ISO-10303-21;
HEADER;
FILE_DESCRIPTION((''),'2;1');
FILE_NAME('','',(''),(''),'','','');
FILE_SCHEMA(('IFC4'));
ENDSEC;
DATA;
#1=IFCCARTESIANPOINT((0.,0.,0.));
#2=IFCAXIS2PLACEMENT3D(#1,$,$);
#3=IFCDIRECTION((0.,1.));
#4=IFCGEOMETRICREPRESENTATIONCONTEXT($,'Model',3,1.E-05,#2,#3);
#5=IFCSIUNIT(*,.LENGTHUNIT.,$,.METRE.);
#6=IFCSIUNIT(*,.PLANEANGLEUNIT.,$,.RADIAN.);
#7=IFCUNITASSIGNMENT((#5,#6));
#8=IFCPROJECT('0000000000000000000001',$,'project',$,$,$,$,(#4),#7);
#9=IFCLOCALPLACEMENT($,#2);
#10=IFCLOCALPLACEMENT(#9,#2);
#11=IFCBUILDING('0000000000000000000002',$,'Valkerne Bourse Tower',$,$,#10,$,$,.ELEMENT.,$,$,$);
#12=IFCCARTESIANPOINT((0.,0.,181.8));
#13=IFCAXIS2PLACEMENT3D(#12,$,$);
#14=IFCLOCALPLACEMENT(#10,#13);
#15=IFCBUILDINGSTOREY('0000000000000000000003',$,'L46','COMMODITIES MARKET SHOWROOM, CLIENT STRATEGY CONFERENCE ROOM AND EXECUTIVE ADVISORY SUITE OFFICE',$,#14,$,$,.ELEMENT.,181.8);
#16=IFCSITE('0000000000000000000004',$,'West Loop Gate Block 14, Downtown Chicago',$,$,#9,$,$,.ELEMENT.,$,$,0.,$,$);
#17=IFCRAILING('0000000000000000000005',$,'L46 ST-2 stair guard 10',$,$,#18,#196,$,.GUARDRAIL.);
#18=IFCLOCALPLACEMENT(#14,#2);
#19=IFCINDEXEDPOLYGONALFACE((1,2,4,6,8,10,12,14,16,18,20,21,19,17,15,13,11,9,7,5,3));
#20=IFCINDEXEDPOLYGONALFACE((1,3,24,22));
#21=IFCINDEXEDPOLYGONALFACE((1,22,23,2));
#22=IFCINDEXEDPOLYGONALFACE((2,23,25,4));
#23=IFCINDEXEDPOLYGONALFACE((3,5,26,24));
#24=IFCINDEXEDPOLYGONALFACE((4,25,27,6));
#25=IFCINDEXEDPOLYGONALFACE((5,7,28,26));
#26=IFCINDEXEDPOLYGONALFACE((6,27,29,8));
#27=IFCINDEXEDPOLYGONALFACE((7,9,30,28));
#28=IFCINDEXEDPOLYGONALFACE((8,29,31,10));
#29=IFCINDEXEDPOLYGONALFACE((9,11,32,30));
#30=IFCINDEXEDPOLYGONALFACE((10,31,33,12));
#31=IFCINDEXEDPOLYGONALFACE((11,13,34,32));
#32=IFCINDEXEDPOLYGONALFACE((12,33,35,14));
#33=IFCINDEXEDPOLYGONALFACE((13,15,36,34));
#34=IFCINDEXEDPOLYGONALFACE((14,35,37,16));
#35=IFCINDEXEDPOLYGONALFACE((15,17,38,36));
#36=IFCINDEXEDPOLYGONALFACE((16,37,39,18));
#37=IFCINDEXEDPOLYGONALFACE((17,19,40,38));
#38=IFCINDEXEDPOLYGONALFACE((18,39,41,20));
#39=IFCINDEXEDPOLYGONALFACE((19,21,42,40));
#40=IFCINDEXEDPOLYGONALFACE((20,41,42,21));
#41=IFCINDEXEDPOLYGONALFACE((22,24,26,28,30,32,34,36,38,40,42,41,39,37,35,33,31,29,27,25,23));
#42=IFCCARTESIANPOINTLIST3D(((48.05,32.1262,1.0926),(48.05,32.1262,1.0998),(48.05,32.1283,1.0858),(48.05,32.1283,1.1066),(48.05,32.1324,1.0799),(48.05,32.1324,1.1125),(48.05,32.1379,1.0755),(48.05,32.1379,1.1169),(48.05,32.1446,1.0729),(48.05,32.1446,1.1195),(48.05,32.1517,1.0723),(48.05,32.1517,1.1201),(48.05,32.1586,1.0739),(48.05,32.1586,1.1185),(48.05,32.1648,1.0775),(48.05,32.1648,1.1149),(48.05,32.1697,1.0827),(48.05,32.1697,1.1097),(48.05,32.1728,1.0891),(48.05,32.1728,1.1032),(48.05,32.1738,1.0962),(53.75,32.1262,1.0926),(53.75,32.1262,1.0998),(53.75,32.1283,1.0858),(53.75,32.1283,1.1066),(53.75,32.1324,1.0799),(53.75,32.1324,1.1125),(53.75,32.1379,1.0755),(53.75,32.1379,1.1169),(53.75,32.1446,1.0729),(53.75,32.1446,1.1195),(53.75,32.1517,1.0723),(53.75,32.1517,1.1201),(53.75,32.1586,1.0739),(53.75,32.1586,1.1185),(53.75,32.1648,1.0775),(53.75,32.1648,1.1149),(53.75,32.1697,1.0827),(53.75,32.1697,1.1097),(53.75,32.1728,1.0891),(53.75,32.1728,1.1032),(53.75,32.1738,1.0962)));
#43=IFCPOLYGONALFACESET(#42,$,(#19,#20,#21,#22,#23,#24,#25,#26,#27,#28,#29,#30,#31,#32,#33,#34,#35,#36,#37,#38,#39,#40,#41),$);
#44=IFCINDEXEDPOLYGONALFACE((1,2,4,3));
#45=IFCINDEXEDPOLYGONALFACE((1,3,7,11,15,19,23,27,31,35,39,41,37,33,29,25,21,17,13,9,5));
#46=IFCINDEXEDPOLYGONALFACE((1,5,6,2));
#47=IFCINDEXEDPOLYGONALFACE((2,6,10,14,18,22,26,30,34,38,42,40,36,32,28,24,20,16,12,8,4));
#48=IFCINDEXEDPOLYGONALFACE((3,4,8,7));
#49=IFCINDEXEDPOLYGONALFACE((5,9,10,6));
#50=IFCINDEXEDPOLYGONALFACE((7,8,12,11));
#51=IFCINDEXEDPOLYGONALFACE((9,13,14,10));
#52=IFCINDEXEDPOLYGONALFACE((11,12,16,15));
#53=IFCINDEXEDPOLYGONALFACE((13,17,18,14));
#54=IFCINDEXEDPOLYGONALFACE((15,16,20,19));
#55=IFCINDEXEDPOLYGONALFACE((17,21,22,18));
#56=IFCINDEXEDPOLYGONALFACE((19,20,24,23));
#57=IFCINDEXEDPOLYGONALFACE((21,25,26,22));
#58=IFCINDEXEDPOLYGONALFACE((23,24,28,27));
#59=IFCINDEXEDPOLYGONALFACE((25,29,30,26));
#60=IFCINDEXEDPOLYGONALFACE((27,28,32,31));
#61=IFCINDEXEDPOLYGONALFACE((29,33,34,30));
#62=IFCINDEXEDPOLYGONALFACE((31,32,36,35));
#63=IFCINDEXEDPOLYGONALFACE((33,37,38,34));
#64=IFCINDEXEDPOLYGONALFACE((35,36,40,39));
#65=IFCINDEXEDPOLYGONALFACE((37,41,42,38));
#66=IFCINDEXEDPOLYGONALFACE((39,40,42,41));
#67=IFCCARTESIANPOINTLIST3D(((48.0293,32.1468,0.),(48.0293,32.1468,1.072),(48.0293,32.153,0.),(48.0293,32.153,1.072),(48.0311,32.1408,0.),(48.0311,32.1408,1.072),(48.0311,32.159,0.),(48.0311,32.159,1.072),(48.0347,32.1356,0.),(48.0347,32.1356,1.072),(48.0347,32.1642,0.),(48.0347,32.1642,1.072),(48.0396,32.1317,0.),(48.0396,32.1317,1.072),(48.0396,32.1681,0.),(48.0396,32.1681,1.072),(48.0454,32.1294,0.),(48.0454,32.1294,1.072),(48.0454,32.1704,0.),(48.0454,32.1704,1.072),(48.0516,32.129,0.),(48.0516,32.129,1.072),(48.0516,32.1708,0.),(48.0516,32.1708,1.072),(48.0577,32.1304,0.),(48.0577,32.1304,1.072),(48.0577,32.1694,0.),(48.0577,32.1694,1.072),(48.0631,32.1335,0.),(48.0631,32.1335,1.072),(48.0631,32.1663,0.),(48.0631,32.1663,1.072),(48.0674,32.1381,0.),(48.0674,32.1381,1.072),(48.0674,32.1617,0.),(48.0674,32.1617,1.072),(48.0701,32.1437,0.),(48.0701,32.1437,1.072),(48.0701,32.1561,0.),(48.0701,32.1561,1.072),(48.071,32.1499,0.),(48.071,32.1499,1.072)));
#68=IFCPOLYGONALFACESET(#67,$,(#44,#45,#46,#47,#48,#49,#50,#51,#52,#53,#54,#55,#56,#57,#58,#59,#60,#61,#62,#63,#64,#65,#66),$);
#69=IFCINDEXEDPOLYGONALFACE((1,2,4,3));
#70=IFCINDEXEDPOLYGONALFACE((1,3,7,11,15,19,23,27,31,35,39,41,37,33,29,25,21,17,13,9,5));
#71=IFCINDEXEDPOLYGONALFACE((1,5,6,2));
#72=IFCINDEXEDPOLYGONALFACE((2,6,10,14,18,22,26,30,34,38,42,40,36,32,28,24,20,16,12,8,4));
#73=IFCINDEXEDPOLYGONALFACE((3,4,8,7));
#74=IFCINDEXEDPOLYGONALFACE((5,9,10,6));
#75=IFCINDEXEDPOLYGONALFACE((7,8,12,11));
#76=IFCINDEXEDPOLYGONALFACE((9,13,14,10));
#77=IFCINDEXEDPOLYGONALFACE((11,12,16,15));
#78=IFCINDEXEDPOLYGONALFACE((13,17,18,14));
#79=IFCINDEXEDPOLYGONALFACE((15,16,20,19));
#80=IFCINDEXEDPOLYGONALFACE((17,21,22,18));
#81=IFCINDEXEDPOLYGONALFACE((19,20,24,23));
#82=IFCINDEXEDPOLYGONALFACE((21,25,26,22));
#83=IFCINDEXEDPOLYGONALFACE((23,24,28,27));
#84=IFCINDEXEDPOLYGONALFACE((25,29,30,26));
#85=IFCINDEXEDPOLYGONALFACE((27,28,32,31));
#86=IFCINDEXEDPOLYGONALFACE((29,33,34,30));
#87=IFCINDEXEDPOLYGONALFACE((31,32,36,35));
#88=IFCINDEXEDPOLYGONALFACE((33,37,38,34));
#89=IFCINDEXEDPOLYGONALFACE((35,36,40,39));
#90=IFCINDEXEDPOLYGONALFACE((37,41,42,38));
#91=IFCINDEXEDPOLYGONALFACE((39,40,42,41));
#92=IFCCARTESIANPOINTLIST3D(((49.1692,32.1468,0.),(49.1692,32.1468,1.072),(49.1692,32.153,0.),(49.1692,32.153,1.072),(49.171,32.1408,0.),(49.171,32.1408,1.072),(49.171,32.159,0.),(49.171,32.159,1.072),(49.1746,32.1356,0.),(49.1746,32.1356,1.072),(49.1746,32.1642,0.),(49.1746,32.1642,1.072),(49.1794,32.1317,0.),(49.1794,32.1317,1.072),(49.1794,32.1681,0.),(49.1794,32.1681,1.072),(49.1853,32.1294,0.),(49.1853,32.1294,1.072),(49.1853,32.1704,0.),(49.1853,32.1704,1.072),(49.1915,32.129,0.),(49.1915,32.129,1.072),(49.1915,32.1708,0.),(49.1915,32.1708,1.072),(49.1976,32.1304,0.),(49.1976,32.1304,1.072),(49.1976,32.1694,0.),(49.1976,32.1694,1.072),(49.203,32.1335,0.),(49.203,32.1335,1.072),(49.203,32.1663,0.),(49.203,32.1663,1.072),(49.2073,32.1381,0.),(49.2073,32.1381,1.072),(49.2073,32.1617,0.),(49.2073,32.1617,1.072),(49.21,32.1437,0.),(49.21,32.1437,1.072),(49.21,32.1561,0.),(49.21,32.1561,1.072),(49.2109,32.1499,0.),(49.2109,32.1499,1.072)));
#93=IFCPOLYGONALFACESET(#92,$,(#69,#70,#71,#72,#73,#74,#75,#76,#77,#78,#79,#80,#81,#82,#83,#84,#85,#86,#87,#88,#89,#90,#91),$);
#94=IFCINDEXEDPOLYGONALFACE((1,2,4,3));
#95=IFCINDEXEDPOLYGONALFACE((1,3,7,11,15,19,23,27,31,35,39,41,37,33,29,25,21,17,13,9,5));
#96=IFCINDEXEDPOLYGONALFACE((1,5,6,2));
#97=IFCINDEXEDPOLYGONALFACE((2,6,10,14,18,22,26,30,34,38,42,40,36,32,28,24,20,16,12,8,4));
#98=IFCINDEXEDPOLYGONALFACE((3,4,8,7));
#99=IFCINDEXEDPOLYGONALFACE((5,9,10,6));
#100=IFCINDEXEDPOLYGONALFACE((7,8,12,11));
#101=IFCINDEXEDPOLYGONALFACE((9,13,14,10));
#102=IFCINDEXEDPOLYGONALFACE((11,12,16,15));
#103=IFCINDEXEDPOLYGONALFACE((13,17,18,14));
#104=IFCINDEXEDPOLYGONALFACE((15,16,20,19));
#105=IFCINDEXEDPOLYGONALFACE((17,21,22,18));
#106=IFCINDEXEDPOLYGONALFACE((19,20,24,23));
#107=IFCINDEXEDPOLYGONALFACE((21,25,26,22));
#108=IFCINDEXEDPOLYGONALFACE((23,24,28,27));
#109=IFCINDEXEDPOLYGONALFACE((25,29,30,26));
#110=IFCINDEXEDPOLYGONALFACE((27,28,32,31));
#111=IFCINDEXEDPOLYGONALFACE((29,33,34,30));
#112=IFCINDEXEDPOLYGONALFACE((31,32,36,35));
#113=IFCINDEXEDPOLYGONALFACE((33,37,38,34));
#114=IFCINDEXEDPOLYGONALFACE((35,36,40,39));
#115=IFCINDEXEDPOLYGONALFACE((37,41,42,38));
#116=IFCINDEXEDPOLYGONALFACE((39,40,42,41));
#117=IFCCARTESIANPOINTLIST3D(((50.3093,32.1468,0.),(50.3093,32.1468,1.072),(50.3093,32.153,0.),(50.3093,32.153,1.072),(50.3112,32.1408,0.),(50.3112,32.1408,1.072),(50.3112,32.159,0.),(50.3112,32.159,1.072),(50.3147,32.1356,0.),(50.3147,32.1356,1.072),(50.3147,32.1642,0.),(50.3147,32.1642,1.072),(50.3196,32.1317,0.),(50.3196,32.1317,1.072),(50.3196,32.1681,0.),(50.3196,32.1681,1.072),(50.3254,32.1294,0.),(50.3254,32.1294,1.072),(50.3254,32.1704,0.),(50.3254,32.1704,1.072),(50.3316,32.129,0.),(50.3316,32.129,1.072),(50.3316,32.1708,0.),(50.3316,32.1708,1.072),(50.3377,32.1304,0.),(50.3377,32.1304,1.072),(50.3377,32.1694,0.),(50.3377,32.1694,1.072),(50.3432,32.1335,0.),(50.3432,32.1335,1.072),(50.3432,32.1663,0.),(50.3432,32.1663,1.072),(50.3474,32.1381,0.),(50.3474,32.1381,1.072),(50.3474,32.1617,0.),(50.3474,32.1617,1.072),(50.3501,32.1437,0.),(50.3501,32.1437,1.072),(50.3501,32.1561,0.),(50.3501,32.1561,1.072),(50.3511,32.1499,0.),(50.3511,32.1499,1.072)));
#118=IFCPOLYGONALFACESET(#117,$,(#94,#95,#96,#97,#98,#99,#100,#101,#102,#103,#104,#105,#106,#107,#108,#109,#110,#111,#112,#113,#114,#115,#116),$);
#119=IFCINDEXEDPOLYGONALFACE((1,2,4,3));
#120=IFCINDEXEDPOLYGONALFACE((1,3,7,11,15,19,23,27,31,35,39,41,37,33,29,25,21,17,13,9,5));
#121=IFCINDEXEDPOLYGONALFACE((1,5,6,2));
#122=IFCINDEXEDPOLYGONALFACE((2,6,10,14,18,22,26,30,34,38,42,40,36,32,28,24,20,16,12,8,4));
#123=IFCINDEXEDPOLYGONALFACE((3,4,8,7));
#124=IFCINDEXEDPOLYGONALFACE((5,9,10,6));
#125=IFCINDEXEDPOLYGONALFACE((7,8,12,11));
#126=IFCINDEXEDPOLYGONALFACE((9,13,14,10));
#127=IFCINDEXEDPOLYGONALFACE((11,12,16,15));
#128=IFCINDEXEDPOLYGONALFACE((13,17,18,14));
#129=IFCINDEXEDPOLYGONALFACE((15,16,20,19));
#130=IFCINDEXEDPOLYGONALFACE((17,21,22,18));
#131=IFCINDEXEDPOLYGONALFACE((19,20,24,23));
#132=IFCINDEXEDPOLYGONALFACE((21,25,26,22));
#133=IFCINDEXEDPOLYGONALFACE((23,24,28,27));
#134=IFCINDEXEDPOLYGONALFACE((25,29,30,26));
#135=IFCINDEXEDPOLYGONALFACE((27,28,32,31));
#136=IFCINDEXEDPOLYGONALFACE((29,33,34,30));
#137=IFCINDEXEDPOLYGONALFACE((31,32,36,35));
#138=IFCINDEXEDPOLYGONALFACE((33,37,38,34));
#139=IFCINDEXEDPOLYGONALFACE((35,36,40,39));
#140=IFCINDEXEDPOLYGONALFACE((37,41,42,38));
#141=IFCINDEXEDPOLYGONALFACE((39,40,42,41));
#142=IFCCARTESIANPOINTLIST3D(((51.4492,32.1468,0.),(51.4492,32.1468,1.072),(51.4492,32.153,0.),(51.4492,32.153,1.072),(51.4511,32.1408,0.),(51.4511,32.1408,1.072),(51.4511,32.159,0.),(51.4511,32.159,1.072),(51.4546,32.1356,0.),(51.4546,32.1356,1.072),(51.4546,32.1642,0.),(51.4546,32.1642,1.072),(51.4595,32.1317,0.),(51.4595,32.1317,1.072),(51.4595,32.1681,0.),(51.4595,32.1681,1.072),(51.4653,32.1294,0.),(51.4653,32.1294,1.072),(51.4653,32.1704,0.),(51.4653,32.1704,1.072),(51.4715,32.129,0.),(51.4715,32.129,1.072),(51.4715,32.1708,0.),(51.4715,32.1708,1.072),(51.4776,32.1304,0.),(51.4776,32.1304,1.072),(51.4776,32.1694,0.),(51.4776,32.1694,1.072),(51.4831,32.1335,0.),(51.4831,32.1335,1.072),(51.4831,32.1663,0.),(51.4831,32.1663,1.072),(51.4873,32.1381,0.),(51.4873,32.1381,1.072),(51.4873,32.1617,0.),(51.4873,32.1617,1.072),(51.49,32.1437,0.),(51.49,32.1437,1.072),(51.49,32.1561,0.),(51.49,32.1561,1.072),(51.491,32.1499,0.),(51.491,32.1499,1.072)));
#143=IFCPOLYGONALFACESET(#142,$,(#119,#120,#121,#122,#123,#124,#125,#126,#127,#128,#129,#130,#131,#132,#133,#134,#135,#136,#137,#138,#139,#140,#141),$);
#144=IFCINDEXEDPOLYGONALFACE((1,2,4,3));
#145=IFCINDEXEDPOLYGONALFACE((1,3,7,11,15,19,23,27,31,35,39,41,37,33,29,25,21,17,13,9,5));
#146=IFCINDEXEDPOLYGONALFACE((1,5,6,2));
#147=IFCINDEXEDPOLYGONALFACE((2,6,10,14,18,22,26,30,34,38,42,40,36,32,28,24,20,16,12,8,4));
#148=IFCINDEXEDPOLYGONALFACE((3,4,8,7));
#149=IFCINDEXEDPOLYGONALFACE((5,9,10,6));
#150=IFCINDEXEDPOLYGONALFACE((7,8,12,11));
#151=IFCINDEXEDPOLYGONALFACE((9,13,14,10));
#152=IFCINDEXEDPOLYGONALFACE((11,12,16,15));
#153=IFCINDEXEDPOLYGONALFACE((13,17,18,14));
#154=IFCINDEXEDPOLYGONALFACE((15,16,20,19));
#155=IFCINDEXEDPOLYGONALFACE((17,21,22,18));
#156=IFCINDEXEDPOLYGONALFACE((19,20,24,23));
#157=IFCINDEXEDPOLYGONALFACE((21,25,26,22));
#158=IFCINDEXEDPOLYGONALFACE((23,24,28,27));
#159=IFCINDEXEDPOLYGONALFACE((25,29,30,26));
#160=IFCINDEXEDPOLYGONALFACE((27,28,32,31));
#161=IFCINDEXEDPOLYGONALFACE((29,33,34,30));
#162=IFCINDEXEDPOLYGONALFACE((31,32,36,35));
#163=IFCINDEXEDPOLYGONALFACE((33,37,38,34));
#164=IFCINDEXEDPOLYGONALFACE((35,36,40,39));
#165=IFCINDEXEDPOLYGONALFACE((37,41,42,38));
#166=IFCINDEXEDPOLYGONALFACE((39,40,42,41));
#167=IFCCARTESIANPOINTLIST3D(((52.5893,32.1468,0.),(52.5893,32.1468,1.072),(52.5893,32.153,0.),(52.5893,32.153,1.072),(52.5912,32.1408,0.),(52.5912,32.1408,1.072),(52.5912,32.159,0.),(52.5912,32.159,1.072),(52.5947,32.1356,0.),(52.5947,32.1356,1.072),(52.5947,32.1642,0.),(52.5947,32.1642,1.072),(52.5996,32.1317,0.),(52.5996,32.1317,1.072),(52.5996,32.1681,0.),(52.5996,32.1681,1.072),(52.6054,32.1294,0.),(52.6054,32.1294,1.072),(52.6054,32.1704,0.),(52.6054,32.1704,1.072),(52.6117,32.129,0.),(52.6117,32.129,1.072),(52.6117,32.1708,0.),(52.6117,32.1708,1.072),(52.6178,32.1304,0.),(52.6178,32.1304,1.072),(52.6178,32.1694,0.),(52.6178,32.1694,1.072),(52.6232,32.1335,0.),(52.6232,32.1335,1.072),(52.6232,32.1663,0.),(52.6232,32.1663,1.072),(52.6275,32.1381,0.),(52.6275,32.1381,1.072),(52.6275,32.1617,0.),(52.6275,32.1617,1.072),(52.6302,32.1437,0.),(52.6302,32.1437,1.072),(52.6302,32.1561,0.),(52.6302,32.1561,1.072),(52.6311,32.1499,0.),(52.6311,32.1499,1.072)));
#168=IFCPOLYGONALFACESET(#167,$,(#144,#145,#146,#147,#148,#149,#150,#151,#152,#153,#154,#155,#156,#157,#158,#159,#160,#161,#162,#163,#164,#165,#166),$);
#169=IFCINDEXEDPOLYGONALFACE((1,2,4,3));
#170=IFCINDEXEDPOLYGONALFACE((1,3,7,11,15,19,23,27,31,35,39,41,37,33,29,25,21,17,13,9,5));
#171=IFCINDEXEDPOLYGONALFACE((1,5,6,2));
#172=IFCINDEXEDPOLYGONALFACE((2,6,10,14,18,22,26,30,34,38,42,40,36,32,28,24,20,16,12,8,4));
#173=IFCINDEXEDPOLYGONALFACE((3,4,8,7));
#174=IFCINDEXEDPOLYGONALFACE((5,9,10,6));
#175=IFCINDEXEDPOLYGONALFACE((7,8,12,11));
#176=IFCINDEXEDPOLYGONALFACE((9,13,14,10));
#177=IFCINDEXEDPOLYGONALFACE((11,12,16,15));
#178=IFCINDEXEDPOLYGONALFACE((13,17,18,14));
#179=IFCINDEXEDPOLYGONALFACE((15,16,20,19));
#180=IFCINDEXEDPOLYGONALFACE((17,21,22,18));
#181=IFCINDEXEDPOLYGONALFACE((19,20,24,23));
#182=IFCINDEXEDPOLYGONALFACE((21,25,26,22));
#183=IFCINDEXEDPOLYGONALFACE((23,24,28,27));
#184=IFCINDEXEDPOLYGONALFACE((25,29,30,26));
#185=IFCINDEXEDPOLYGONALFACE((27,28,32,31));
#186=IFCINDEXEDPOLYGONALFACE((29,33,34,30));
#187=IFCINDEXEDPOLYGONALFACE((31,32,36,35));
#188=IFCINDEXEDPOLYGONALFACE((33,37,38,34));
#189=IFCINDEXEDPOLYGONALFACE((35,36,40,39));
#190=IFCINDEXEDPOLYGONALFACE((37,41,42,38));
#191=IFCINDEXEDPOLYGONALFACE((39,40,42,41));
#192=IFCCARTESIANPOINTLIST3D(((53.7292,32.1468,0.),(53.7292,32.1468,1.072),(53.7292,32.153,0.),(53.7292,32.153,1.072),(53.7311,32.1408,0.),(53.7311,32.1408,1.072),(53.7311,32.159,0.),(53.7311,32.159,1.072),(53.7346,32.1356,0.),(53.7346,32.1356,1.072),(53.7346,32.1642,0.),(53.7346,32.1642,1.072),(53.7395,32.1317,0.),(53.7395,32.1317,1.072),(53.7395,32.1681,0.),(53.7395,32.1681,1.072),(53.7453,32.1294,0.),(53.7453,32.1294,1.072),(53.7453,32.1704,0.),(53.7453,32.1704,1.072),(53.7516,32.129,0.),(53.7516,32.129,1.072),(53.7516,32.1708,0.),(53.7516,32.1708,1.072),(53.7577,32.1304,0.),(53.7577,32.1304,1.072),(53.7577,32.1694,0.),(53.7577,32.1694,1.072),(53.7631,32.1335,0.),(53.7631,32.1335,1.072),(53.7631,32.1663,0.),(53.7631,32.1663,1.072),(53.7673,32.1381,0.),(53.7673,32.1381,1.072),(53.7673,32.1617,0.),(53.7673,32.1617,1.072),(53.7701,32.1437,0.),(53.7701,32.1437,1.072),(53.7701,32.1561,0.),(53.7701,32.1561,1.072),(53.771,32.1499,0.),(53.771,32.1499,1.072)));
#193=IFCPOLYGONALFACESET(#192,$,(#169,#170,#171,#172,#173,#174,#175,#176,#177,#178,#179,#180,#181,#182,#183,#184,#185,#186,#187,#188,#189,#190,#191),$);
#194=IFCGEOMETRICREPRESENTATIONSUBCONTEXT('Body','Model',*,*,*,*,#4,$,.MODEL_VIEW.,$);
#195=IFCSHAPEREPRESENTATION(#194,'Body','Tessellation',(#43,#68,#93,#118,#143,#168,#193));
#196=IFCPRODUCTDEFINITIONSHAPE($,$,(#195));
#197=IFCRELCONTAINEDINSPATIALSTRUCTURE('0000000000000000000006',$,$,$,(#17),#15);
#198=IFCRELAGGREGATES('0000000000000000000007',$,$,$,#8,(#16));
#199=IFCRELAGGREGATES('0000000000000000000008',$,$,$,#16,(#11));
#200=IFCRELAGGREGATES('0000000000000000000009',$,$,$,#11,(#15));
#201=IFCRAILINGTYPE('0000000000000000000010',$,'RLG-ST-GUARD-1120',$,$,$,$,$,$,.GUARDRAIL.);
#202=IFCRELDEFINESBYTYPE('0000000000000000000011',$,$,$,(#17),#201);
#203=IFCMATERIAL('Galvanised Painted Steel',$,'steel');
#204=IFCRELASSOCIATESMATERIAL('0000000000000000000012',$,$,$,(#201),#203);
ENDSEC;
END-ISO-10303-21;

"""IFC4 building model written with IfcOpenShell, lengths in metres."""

from ifc_helpers import new_model, si_unit, direction, frame, origin, origin_2d, place, context, subcontext, project, spatial, circle, extrude, material, type_object, element, save


model = new_model("IFC4")

# Units and contexts
model_context = context("Model", 3, precision=1e-05, world=origin(), true_north=direction((0.0, 1.0)))
body_context = subcontext(model_context, "Body", "Model", "MODEL_VIEW")
ifc_project = project(units=[si_unit("LENGTHUNIT", "METRE"), si_unit("PLANEANGLEUNIT", "RADIAN")], contexts=[model_context])

# Site, building, storey
site_placement = place(None, origin())
site = spatial("IfcSite", under=ifc_project, at=site_placement, Name="West Loop Gate Block 14, Downtown Chicago", CompositionType="ELEMENT", RefElevation=0.0)
building_placement = place(site_placement, origin())
building = spatial("IfcBuilding", under=site, at=building_placement, Name="Valkerne Bourse Tower", CompositionType="ELEMENT")
storey_placement = place(building_placement, frame((0.0, 0.0, 181.8)))
storey = spatial("IfcBuildingStorey", under=building, at=storey_placement, Name="L46", Description="COMMODITIES MARKET SHOWROOM, CLIENT STRATEGY CONFERENCE ROOM AND EXECUTIVE ADVISORY SUITE OFFICE", CompositionType="ELEMENT", Elevation=181.8)

# Shared definitions
ifc_material_1 = material(Name="Galvanised Painted Steel", Category="steel")

# Railing
railing_type_1 = type_object("IfcRailingType", Name="RLG-ST-GUARD-1120", PredefinedType="GUARDRAIL", material=ifc_material_1)
for number, where, name in (
    (1, (48.05, 32.1499, 0.0), "L46 ST-2 stair guard 10"),
):
    element("IfcRailing", number, at=place(storey_placement, frame(where)), inside=storey, type_object=railing_type_1, Name=name, PredefinedType="GUARDRAIL", context=body_context, shape_type="SweptSolid", body=[
        extrude(circle(Radius=0.0239, at=origin_2d()), frame((0.0, 0.0, 1.0962), z_axis=(1.0, 0.0, 0.0), x_axis=(0.0, 1.0, 0.0)), (0.0, 0.0, 1.0), 5.7),
        extrude(circle(Radius=0.021, at=origin_2d()), origin(), (0.0, 0.0, 1.0), 1.072),
        extrude(circle(Radius=0.021, at=origin_2d()), frame((1.1399, 0.0, 0.0)), (0.0, 0.0, 1.0), 1.072),
        extrude(circle(Radius=0.021, at=origin_2d()), frame((2.28, 0.0, 0.0)), (0.0, 0.0, 1.0), 1.072),
        extrude(circle(Radius=0.021, at=origin_2d()), frame((3.4199, 0.0, 0.0)), (0.0, 0.0, 1.0), 1.072),
        extrude(circle(Radius=0.021, at=origin_2d()), frame((4.5601, 0.0, 0.0)), (0.0, 0.0, 1.0), 1.072),
        extrude(circle(Radius=0.021, at=origin_2d()), frame((5.7, 0.0, 0.0)), (0.0, 0.0, 1.0), 1.072),
    ])

save(model, "model.ifc")
